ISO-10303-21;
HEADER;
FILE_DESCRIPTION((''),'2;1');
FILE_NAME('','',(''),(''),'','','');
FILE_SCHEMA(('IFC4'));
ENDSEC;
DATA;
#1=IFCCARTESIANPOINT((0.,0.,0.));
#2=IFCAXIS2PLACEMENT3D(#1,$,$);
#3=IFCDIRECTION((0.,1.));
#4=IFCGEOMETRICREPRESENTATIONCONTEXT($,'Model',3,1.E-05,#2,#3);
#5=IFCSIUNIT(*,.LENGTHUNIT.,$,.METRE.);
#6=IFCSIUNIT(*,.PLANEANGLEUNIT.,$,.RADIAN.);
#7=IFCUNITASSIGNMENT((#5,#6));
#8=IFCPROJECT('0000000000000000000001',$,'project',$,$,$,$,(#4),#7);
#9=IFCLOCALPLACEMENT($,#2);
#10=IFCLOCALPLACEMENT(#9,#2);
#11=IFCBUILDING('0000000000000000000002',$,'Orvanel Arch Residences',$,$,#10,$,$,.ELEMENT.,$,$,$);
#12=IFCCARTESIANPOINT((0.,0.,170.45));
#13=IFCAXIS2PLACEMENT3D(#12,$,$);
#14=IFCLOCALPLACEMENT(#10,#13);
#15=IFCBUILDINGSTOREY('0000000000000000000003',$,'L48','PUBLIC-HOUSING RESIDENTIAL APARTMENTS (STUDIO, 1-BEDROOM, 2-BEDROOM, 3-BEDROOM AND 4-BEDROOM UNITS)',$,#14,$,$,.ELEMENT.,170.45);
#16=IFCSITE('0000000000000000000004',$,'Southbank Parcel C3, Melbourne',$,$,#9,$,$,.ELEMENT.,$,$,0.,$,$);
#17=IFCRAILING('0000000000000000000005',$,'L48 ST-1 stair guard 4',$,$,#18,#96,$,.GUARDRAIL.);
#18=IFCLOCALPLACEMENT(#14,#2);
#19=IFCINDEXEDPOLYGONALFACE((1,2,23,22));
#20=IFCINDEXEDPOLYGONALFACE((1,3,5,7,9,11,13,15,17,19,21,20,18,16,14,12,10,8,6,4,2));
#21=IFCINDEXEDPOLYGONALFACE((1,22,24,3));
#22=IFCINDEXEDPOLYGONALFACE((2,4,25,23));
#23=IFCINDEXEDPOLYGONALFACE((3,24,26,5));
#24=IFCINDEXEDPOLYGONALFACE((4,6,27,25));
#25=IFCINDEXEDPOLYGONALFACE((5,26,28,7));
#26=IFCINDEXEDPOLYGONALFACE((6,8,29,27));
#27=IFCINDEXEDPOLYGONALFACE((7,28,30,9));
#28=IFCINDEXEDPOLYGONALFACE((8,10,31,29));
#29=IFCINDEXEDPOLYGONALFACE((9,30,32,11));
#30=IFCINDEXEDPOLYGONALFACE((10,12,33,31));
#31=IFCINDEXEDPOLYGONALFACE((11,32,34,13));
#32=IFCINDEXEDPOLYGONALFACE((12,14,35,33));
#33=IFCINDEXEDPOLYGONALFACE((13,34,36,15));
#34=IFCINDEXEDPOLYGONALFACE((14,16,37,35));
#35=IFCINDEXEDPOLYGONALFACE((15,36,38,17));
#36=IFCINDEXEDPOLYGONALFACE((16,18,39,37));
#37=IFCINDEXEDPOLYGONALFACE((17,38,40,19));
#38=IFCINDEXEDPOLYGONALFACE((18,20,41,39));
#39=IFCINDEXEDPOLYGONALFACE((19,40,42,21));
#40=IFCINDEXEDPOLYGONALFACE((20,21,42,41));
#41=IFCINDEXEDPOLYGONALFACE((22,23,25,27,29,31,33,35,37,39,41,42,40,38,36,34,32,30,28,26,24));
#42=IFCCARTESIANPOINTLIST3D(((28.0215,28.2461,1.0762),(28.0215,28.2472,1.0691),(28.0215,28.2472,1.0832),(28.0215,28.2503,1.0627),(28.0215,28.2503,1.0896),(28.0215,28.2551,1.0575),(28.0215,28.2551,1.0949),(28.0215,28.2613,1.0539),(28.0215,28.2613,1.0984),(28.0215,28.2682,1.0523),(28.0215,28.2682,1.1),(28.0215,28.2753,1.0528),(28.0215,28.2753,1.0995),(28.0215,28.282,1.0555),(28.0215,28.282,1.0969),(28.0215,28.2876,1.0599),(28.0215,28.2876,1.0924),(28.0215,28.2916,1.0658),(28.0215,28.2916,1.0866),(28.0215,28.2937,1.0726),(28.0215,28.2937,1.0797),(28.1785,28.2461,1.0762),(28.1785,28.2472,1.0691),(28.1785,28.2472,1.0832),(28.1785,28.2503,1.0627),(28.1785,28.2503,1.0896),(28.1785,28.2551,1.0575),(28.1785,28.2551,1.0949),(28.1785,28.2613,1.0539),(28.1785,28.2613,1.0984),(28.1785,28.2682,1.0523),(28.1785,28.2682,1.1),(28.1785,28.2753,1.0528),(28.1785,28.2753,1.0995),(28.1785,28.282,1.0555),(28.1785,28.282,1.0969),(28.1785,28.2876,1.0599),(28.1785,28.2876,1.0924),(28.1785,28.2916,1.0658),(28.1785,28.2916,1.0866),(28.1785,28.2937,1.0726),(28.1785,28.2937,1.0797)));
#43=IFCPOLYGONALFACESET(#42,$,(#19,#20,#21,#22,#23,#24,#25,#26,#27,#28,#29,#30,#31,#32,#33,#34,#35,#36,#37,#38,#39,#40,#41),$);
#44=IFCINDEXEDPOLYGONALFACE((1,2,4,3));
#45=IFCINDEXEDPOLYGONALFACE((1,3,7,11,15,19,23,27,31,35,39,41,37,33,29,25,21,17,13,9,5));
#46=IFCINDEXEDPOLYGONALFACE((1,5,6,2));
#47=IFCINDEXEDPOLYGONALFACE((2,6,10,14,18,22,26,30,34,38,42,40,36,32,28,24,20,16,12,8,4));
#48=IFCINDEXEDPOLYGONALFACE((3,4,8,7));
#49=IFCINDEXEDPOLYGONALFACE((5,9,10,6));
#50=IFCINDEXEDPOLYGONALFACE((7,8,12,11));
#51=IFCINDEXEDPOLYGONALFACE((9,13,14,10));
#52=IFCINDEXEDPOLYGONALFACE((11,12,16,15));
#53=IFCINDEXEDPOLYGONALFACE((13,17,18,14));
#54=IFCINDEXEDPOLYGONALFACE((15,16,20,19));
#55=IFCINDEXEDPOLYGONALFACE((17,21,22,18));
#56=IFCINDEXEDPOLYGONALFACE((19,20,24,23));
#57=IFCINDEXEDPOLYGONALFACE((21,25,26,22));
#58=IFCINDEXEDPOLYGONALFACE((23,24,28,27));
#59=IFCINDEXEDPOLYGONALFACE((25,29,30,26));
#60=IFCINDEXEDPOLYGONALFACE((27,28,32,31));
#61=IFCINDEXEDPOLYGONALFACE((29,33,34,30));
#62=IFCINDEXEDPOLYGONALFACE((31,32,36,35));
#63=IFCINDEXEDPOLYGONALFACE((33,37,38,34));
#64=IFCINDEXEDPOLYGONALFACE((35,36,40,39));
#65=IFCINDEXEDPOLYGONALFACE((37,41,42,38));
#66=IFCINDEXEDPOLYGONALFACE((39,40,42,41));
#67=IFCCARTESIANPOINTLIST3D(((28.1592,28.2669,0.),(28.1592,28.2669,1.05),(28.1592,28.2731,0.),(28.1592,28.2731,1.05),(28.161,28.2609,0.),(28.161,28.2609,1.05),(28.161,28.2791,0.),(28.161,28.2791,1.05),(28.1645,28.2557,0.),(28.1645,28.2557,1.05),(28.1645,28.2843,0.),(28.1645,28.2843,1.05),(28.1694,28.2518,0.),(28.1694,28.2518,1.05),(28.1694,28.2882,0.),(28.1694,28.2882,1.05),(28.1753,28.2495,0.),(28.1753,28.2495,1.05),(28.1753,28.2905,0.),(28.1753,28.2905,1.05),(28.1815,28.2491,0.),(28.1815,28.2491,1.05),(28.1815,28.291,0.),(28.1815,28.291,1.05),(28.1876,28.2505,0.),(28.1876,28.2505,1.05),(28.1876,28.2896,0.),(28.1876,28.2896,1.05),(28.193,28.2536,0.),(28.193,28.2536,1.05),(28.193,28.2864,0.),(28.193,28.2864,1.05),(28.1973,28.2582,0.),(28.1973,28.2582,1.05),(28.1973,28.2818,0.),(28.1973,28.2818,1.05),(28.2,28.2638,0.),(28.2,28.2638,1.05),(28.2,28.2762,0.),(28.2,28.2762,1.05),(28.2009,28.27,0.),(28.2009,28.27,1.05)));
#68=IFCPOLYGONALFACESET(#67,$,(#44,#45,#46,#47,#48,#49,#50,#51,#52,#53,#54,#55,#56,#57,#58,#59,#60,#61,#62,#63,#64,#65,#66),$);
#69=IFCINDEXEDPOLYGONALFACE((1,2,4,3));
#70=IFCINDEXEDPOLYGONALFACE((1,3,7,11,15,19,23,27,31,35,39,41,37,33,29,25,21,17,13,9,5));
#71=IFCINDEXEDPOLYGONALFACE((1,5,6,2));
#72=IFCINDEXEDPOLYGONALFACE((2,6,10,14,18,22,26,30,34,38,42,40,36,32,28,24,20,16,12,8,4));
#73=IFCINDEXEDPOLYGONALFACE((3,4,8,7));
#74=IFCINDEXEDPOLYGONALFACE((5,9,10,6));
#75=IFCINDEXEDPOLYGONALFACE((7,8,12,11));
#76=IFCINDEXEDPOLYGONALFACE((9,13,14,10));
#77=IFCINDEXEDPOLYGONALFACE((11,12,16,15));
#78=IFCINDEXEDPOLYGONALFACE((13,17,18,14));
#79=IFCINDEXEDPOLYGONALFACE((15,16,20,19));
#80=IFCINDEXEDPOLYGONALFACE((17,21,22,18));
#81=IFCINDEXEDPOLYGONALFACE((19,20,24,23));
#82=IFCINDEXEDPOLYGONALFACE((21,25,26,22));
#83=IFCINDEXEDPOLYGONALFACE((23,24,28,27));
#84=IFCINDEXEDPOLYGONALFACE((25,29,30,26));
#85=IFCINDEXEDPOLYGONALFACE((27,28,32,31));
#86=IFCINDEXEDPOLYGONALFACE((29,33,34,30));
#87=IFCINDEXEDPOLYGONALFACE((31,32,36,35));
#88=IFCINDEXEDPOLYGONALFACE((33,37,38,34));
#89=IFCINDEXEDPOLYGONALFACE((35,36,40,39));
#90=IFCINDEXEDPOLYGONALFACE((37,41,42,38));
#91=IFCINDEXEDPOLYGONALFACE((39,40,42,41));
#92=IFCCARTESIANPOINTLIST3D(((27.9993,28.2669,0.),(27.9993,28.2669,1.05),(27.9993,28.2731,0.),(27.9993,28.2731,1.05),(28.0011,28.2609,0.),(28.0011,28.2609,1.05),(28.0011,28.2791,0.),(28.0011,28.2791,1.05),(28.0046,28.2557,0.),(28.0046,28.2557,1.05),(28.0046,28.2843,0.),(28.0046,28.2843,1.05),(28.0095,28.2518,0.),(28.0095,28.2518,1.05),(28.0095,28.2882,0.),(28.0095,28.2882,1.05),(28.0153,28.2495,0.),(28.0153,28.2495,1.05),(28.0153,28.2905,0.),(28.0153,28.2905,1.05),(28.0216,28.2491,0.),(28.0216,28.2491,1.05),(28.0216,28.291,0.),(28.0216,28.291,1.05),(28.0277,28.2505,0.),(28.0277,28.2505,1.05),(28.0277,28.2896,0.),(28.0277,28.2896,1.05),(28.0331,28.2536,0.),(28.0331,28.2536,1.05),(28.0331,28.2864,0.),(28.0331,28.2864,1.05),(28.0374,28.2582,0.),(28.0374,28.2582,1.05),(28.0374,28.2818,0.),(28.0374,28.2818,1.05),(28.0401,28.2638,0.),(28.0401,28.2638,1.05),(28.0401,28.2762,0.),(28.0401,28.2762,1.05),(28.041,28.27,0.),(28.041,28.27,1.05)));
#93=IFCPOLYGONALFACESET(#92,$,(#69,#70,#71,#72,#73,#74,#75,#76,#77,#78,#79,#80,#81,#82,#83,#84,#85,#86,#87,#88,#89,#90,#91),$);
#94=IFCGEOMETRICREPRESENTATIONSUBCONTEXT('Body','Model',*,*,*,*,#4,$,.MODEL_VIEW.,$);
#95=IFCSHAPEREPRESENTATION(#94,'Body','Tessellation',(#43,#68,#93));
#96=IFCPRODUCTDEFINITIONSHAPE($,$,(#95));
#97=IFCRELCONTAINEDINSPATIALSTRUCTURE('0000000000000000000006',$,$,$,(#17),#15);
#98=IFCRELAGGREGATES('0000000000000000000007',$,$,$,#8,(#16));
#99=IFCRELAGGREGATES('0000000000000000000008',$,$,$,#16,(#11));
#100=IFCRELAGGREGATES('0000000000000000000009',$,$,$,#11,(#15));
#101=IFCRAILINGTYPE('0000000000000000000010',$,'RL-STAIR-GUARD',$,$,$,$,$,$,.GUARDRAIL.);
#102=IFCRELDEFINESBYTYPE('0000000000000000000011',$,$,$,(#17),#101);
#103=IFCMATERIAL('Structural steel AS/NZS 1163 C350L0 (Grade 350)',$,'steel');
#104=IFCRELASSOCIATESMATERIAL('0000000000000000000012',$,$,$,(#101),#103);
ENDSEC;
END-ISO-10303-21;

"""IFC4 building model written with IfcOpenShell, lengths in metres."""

from ifc_helpers import new_model, si_unit, direction, frame, origin, origin_2d, place, context, subcontext, project, spatial, circle, extrude, material, type_object, element, save


model = new_model("IFC4")

# Units and contexts
model_context = context("Model", 3, precision=1e-05, world=origin(), true_north=direction((0.0, 1.0)))
body_context = subcontext(model_context, "Body", "Model", "MODEL_VIEW")
ifc_project = project(units=[si_unit("LENGTHUNIT", "METRE"), si_unit("PLANEANGLEUNIT", "RADIAN")], contexts=[model_context])

# Site, building, storey
site_placement = place(None, origin())
site = spatial("IfcSite", under=ifc_project, at=site_placement, Name="Southbank Parcel C3, Melbourne", CompositionType="ELEMENT", RefElevation=0.0)
building_placement = place(site_placement, origin())
building = spatial("IfcBuilding", under=site, at=building_placement, Name="Orvanel Arch Residences", CompositionType="ELEMENT")
storey_placement = place(building_placement, frame((0.0, 0.0, 170.45)))
storey = spatial("IfcBuildingStorey", under=building, at=storey_placement, Name="L48", Description="PUBLIC-HOUSING RESIDENTIAL APARTMENTS (STUDIO, 1-BEDROOM, 2-BEDROOM, 3-BEDROOM AND 4-BEDROOM UNITS)", CompositionType="ELEMENT", Elevation=170.45)

# Railing
ifc_material_1 = material(Name="Structural steel AS/NZS 1163 C350L0 (Grade 350)", Category="steel")
railing_type_1 = type_object("IfcRailingType", Name="RL-STAIR-GUARD", PredefinedType="GUARDRAIL", material=ifc_material_1)
railing_1_placement = place(storey_placement, frame((28.1799, 28.27, 0.0)))
element("IfcRailing", 1, at=railing_1_placement, inside=storey, type_object=railing_type_1, Name="L48 ST-1 stair guard 4", PredefinedType="GUARDRAIL", context=body_context, shape_type="SweptSolid", body=[
    extrude(circle(Radius=0.0239, at=origin_2d()), frame((-0.0015, 0.0, 1.0762), z_axis=(-1.0, 0.0, 0.0), x_axis=(0.0, -1.0, 0.0)), (0.0, 0.0, 1.0), 0.157),
    extrude(circle(Radius=0.021, at=origin_2d()), origin(), (0.0, 0.0, 1.0), 1.05),
    extrude(circle(Radius=0.021, at=origin_2d()), frame((-0.1599, 0.0, 0.0)), (0.0, 0.0, 1.0), 1.05),
])

save(model, "model.ifc")
